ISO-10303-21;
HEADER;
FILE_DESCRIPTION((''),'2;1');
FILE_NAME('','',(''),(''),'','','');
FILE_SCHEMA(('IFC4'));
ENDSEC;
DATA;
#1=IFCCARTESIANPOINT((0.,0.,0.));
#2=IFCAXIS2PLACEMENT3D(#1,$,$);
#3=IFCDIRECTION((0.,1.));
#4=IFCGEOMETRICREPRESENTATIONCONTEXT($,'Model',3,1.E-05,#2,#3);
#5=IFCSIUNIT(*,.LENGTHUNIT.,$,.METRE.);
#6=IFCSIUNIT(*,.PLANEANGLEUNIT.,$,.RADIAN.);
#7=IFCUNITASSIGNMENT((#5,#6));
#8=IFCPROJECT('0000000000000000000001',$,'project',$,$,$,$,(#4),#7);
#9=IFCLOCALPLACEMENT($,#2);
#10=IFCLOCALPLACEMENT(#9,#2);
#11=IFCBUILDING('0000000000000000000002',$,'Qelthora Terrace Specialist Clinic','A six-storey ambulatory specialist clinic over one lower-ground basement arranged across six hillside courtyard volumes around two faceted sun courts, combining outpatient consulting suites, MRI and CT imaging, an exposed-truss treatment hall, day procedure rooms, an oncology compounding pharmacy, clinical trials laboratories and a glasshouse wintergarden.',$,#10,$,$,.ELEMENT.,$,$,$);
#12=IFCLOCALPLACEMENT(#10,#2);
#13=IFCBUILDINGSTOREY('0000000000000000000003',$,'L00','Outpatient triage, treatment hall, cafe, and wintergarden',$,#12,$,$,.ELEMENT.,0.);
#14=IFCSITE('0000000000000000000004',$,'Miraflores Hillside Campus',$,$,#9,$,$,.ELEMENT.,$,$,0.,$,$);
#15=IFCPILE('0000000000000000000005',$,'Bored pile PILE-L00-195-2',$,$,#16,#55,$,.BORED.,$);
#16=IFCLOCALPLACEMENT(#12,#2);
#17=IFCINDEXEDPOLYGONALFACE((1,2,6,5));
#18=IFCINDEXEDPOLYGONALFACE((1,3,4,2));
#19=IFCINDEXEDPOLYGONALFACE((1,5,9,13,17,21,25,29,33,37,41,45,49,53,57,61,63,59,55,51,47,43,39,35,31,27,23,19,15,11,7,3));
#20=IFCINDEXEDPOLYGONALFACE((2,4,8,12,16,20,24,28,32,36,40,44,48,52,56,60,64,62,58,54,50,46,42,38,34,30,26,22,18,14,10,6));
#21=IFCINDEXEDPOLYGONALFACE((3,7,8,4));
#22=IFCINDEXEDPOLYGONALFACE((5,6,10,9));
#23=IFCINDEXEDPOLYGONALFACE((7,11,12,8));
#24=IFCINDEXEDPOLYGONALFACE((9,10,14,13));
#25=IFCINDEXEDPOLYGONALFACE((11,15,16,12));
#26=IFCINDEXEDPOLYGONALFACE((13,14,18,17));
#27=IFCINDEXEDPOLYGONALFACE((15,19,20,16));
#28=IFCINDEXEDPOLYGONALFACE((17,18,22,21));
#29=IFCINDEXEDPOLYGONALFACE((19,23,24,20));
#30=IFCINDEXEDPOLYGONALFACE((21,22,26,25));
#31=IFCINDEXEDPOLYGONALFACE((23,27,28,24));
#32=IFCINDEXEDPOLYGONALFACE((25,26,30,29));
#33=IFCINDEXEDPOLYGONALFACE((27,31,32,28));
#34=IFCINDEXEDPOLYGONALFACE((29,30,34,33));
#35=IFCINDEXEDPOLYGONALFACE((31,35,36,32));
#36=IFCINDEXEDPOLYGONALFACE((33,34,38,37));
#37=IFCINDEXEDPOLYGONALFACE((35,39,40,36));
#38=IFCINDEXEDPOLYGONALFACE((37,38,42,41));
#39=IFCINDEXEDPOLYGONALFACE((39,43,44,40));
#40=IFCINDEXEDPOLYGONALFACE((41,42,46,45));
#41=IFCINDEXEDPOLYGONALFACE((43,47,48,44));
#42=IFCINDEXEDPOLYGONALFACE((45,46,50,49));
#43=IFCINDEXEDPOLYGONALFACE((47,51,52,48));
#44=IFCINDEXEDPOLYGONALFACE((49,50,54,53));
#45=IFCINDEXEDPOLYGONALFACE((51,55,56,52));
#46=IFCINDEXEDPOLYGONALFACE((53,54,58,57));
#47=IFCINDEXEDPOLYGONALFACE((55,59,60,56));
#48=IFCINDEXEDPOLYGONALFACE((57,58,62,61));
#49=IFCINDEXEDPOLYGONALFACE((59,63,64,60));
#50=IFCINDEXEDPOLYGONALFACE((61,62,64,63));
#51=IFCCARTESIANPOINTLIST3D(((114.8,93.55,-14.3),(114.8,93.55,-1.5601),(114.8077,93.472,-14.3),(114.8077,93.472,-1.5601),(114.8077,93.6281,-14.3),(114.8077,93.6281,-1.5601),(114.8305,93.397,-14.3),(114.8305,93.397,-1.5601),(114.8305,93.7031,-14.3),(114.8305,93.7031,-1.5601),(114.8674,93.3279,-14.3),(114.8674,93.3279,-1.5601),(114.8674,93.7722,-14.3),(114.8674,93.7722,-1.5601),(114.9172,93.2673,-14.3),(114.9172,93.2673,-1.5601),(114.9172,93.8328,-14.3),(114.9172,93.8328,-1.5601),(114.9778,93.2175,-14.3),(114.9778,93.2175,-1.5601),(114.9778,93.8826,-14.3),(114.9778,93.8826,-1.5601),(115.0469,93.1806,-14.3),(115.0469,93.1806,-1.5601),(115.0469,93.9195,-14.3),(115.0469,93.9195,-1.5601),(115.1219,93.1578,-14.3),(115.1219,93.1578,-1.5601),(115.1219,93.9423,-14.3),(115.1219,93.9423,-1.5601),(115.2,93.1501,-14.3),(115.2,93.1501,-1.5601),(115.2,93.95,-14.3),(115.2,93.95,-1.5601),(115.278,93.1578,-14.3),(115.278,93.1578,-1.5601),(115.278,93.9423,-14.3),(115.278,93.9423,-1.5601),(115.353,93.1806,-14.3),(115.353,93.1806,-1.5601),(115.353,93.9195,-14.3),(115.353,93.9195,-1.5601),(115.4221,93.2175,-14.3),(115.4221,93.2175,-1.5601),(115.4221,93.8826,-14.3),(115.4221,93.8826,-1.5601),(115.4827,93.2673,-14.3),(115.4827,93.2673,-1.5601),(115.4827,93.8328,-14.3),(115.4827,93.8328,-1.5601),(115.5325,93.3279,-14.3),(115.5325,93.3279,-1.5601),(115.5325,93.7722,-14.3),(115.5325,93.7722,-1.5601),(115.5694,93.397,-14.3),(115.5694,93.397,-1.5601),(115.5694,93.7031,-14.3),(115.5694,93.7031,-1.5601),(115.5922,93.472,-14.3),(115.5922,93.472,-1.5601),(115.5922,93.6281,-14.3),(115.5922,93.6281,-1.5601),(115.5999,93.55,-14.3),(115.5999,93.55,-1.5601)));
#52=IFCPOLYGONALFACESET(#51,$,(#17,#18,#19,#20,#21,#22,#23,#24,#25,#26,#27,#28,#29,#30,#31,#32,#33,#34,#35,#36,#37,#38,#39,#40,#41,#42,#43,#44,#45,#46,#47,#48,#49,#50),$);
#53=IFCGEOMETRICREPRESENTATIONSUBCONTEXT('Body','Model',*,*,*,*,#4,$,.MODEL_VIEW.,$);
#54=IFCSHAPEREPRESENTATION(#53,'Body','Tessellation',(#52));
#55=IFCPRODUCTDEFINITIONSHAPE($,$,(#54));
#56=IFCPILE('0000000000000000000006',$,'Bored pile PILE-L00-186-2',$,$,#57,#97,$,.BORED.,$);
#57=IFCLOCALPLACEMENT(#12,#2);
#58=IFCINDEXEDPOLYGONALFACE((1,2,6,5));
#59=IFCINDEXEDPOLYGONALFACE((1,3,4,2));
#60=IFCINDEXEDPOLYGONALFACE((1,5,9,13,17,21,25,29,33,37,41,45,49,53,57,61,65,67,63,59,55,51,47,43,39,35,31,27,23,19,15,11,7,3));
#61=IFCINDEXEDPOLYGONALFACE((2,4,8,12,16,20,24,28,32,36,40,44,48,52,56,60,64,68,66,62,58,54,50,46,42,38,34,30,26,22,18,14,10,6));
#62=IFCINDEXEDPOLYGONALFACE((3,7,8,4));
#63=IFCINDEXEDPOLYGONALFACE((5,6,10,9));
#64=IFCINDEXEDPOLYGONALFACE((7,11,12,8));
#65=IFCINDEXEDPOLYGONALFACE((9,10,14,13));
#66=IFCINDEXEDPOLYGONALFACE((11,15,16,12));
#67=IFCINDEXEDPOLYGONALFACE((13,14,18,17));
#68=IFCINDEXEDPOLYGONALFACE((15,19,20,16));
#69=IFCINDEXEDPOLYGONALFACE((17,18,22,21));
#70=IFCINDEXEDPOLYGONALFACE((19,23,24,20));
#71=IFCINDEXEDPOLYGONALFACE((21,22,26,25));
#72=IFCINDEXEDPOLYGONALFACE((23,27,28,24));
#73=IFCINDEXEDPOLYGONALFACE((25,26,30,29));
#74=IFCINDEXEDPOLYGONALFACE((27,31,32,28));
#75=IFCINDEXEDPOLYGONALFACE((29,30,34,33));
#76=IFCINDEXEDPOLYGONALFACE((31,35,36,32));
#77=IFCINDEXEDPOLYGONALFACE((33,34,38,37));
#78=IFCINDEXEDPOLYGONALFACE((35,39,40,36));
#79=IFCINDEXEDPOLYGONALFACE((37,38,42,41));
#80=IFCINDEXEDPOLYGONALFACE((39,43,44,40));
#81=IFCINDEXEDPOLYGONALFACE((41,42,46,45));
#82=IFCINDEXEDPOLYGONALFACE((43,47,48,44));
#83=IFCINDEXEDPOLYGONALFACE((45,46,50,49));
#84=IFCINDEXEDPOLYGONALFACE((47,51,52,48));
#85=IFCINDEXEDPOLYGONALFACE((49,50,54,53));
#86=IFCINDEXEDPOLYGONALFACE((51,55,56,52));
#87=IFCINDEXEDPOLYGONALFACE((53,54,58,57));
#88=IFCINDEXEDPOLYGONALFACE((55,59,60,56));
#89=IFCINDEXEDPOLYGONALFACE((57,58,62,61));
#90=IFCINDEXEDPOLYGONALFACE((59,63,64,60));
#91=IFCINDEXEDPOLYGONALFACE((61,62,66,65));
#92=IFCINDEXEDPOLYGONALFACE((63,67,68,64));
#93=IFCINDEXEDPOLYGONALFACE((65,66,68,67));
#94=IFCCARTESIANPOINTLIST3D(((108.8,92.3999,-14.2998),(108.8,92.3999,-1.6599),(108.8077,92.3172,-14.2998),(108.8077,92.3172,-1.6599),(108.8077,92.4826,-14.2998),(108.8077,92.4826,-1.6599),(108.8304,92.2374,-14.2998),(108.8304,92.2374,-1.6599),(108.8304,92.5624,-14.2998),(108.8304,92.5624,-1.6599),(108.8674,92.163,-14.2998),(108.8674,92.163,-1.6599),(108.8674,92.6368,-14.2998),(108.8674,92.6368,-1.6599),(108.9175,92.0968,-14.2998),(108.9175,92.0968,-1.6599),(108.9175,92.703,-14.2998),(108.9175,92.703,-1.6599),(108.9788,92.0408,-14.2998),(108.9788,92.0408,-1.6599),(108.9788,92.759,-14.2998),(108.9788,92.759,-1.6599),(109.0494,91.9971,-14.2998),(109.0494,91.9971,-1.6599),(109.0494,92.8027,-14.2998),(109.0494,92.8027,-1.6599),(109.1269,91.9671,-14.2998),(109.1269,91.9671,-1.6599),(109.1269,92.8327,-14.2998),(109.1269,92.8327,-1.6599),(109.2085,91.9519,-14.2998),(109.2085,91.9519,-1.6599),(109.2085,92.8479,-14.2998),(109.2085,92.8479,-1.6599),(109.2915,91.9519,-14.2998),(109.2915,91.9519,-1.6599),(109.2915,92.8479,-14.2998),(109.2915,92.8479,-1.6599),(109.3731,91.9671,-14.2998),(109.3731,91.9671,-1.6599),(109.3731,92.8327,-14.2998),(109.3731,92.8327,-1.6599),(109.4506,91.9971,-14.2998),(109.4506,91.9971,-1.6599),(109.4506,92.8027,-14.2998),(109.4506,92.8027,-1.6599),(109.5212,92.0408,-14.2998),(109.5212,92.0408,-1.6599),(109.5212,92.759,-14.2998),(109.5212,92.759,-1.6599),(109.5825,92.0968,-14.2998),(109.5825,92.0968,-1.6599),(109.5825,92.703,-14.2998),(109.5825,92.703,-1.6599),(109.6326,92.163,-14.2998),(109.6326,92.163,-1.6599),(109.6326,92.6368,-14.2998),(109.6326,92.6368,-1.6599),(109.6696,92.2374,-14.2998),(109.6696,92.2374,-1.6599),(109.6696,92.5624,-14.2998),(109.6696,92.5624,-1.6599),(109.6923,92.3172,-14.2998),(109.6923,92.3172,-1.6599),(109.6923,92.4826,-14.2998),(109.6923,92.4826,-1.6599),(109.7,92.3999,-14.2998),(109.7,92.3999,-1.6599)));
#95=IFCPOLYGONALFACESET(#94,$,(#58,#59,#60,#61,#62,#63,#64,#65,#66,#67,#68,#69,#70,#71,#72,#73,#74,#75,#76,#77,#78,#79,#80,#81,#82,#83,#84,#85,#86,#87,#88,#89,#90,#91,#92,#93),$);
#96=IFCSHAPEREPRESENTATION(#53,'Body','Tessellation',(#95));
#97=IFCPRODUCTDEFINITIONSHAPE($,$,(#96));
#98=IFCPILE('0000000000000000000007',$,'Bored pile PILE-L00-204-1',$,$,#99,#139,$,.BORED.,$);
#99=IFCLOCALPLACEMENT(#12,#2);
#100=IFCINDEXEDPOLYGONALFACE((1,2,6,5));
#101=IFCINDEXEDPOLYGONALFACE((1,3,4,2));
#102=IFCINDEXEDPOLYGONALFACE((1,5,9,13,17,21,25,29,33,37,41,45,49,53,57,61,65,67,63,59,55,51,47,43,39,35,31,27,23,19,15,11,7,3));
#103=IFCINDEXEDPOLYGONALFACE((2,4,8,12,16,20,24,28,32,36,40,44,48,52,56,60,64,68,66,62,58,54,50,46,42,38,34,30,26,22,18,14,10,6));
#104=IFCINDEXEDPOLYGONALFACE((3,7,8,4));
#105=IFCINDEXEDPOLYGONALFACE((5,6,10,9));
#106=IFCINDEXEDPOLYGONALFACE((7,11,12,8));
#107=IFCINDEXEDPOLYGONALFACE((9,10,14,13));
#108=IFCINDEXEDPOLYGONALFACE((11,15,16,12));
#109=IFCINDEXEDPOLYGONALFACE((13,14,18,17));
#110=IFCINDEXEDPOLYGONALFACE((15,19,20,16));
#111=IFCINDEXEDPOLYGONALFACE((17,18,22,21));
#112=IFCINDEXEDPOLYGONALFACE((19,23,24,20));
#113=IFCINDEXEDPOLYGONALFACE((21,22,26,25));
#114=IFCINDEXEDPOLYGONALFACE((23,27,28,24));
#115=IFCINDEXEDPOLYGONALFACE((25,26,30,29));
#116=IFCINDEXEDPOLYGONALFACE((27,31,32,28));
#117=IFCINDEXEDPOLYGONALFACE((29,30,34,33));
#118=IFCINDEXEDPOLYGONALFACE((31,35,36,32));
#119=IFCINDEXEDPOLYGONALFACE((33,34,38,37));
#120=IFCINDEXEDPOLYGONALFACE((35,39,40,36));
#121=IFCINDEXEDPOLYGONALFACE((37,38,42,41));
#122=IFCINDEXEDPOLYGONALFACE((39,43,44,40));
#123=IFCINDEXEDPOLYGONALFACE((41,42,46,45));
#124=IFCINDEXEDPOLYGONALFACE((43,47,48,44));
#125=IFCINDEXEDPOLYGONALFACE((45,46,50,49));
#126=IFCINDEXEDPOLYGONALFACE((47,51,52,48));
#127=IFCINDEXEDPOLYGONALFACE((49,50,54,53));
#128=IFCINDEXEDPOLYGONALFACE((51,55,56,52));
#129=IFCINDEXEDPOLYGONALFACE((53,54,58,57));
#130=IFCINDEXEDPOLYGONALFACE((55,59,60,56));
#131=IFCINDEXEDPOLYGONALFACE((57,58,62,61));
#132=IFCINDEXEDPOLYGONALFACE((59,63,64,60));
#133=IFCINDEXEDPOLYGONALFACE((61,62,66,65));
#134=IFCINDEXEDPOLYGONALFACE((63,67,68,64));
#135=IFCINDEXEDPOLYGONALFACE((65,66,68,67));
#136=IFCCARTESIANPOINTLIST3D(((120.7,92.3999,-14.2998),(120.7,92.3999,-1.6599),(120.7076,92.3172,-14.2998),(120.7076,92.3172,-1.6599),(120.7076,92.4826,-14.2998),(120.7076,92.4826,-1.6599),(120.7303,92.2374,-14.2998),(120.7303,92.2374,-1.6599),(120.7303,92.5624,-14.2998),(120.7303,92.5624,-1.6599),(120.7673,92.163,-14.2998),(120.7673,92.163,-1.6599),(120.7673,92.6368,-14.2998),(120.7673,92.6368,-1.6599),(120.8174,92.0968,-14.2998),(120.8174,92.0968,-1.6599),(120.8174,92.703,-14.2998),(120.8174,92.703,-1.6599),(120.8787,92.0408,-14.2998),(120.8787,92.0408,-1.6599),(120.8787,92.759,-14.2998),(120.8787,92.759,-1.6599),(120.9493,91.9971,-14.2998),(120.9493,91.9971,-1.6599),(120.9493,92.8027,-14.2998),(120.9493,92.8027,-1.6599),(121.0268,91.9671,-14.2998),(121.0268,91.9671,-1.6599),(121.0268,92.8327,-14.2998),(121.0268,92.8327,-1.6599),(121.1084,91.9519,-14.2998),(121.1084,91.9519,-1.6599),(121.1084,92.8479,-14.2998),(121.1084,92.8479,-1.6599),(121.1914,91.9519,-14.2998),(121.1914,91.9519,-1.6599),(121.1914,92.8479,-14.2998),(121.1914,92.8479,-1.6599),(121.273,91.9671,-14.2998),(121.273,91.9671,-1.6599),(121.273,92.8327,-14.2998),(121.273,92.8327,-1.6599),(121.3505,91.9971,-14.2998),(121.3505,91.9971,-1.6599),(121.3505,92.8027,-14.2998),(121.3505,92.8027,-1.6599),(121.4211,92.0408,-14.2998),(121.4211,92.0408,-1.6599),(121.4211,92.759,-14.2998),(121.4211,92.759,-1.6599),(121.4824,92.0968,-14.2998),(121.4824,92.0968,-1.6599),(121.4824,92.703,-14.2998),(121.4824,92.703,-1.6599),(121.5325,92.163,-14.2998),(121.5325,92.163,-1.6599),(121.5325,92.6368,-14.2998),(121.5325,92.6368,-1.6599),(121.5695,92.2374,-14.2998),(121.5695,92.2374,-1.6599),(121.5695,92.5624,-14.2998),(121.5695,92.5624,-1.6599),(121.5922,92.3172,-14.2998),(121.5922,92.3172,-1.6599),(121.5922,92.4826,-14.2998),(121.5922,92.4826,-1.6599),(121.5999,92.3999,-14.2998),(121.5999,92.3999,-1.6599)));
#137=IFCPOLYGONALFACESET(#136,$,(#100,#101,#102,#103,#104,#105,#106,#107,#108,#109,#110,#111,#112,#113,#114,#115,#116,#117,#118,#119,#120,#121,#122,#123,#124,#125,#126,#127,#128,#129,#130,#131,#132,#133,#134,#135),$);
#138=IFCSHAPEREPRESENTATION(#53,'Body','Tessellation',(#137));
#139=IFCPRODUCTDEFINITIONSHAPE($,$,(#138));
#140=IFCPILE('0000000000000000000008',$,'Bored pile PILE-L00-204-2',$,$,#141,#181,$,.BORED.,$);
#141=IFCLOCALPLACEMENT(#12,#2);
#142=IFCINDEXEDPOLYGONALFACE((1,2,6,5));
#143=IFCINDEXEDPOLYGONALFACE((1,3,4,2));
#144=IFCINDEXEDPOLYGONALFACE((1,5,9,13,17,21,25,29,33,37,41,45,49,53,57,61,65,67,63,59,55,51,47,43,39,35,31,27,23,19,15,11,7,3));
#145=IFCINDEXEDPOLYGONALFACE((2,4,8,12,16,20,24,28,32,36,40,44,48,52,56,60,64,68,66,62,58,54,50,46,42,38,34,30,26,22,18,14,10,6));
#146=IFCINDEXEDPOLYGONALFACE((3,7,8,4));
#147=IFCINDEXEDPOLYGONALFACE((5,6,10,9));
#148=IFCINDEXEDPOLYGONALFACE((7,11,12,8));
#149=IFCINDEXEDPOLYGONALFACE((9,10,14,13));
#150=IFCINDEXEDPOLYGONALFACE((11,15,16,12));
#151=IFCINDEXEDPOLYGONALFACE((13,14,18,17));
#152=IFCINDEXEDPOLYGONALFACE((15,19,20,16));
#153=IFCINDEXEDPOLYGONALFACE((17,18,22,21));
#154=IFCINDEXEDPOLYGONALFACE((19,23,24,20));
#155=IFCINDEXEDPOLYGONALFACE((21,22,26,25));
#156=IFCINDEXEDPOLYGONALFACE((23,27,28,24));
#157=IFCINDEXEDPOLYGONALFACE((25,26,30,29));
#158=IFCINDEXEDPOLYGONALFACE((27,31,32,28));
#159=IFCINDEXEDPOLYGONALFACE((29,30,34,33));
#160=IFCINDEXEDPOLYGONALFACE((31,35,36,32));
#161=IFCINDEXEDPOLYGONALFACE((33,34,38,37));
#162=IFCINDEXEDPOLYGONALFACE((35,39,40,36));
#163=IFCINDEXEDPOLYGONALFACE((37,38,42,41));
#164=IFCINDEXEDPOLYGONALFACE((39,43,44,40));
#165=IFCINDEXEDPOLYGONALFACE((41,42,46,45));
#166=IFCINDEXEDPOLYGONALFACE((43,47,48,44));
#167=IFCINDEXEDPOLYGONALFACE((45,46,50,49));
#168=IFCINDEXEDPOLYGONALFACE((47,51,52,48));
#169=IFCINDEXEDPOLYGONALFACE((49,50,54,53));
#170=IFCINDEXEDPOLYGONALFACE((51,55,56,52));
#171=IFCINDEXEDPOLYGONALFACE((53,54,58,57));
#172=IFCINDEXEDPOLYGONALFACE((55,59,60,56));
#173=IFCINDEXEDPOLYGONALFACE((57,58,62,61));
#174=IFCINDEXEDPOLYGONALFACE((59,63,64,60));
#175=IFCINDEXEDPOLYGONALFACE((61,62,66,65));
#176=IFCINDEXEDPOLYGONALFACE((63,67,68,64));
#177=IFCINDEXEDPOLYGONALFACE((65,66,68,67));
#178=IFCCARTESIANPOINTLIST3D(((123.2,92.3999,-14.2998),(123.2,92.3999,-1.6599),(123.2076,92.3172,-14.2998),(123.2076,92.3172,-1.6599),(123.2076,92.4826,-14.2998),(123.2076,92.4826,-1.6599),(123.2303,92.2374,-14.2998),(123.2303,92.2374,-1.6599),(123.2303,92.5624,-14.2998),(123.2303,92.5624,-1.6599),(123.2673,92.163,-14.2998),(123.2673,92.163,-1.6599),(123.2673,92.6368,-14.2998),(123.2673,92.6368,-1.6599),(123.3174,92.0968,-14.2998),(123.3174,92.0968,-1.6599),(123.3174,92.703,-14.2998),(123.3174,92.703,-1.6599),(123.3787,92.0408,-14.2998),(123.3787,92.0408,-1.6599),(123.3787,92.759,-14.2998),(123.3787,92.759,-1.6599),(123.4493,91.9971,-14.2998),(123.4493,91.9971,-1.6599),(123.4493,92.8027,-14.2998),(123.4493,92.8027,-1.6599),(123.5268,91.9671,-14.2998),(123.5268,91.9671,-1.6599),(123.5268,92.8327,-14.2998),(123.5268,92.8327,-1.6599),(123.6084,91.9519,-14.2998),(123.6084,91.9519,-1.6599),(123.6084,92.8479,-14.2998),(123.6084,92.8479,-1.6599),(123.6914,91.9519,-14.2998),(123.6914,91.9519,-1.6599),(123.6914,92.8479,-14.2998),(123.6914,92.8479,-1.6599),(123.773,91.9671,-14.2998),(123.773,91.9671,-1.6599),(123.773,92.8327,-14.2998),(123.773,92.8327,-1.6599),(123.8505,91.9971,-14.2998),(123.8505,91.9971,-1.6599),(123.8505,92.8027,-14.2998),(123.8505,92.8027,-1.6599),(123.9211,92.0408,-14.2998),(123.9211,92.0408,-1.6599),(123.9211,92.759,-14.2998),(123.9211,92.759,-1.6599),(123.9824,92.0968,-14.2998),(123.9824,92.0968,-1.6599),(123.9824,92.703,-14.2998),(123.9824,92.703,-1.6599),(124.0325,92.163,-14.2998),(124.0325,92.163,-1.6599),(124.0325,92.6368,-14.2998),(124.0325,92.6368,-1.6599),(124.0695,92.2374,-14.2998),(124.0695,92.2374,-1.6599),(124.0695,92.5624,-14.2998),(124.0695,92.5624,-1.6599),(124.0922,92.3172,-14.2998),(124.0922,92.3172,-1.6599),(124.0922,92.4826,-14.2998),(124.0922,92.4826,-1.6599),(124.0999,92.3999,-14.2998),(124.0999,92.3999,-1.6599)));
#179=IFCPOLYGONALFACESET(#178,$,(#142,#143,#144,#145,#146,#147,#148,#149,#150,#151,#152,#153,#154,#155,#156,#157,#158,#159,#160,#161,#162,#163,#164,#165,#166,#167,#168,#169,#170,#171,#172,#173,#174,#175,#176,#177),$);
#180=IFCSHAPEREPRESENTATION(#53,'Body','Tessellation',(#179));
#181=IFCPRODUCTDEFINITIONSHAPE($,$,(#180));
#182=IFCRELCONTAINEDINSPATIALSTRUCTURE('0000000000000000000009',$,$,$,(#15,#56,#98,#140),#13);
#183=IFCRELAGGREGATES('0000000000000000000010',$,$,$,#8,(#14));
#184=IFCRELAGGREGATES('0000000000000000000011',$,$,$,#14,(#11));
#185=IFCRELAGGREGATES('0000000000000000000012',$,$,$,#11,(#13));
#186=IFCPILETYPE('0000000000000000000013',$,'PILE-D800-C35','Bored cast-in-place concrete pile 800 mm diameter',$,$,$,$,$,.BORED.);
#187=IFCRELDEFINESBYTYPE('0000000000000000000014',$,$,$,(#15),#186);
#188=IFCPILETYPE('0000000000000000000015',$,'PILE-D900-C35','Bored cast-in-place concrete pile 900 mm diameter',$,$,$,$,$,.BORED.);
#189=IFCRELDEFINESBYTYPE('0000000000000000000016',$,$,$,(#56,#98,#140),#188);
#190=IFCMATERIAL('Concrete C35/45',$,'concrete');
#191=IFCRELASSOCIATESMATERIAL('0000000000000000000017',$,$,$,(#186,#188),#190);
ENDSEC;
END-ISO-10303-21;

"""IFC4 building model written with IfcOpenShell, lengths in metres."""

from ifc_helpers import new_model, si_unit, direction, frame, origin, origin_2d, place, context, subcontext, project, spatial, circle, extrude, material, material_profile, profile_set, type_object, element, save


model = new_model("IFC4")

# Units and contexts
model_context = context("Model", 3, precision=1e-05, world=origin(), true_north=direction((0.0, 1.0)))
body_context = subcontext(model_context, "Body", "Model", "MODEL_VIEW")
ifc_project = project(units=[si_unit("LENGTHUNIT", "METRE"), si_unit("PLANEANGLEUNIT", "RADIAN")], contexts=[model_context])

# Site, building, storey
site_placement = place(None, origin())
site = spatial("IfcSite", under=ifc_project, at=site_placement, Name="Miraflores Hillside Campus", CompositionType="ELEMENT", RefElevation=0.0)
building_placement = place(site_placement, origin())
building = spatial("IfcBuilding", under=site, at=building_placement, Name="Qelthora Terrace Specialist Clinic", Description="A six-storey ambulatory specialist clinic over one lower-ground basement arranged across six hillside courtyard volumes around two faceted sun courts, combining outpatient consulting suites, MRI and CT imaging, an exposed-truss treatment hall, day procedure rooms, an oncology compounding pharmacy, clinical trials laboratories and a glasshouse wintergarden.", CompositionType="ELEMENT")
storey_placement = place(building_placement, origin())
storey = spatial("IfcBuildingStorey", under=building, at=storey_placement, Name="L00", Description="Outpatient triage, treatment hall, cafe, and wintergarden", CompositionType="ELEMENT", Elevation=0.0)

# Shared definitions
ifc_material_1 = material(Name="Concrete C35/45", Category="concrete")

# Piles
ifc_material_profile_1 = material_profile(ifc_material_1, circle(Radius=0.3999, at=origin_2d()), Name="PILE800")
ifc_profile_set_1 = profile_set([ifc_material_profile_1], Name="Concrete C35/45")
pile_type_1 = type_object("IfcPileType", Name="PILE-D800-C35", Description="Bored cast-in-place concrete pile 800 mm diameter", PredefinedType="BORED", material=ifc_profile_set_1)
for number, where, z_axis, x_axis, name in (
    (1, (115.2, 93.55, -1.5601), (0.0, 0.0, -1.0), (1.0, 0.0, 0.0), "Bored pile PILE-L00-195-2"),
):
    element("IfcPile", number, at=place(storey_placement, frame(where, z_axis=z_axis, x_axis=x_axis)), inside=storey, type_object=pile_type_1, Name=name, PredefinedType="BORED", context=body_context, shape_type="SweptSolid", body=[
        extrude(circle(Radius=0.3999, at=origin_2d()), origin(), (0.0, 0.0, 1.0), 12.74),
    ])
ifc_material_profile_2 = material_profile(ifc_material_1, circle(Radius=0.45, at=origin_2d()), Name="PILE900")
ifc_profile_set_2 = profile_set([ifc_material_profile_2], Name="Concrete C35/45")
pile_type_2 = type_object("IfcPileType", Name="PILE-D900-C35", Description="Bored cast-in-place concrete pile 900 mm diameter", PredefinedType="BORED", material=ifc_profile_set_2)
for number, where, z_axis, x_axis, name in (
    (2, (109.25, 92.3999, -1.6599), (0.0, 0.0, -1.0), (1.0, 0.0, 0.0), "Bored pile PILE-L00-186-2"),
    (3, (121.1499, 92.3999, -1.6599), (0.0, 0.0, -1.0), (1.0, 0.0, 0.0), "Bored pile PILE-L00-204-1"),
    (4, (123.6499, 92.3999, -1.6599), (0.0, 0.0, -1.0), (1.0, 0.0, 0.0), "Bored pile PILE-L00-204-2"),
):
    element("IfcPile", number, at=place(storey_placement, frame(where, z_axis=z_axis, x_axis=x_axis)), inside=storey, type_object=pile_type_2, Name=name, PredefinedType="BORED", context=body_context, shape_type="SweptSolid", body=[
        extrude(circle(Radius=0.45, at=origin_2d()), origin(), (0.0, 0.0, 1.0), 12.6399),
    ])

save(model, "model.ifc")
